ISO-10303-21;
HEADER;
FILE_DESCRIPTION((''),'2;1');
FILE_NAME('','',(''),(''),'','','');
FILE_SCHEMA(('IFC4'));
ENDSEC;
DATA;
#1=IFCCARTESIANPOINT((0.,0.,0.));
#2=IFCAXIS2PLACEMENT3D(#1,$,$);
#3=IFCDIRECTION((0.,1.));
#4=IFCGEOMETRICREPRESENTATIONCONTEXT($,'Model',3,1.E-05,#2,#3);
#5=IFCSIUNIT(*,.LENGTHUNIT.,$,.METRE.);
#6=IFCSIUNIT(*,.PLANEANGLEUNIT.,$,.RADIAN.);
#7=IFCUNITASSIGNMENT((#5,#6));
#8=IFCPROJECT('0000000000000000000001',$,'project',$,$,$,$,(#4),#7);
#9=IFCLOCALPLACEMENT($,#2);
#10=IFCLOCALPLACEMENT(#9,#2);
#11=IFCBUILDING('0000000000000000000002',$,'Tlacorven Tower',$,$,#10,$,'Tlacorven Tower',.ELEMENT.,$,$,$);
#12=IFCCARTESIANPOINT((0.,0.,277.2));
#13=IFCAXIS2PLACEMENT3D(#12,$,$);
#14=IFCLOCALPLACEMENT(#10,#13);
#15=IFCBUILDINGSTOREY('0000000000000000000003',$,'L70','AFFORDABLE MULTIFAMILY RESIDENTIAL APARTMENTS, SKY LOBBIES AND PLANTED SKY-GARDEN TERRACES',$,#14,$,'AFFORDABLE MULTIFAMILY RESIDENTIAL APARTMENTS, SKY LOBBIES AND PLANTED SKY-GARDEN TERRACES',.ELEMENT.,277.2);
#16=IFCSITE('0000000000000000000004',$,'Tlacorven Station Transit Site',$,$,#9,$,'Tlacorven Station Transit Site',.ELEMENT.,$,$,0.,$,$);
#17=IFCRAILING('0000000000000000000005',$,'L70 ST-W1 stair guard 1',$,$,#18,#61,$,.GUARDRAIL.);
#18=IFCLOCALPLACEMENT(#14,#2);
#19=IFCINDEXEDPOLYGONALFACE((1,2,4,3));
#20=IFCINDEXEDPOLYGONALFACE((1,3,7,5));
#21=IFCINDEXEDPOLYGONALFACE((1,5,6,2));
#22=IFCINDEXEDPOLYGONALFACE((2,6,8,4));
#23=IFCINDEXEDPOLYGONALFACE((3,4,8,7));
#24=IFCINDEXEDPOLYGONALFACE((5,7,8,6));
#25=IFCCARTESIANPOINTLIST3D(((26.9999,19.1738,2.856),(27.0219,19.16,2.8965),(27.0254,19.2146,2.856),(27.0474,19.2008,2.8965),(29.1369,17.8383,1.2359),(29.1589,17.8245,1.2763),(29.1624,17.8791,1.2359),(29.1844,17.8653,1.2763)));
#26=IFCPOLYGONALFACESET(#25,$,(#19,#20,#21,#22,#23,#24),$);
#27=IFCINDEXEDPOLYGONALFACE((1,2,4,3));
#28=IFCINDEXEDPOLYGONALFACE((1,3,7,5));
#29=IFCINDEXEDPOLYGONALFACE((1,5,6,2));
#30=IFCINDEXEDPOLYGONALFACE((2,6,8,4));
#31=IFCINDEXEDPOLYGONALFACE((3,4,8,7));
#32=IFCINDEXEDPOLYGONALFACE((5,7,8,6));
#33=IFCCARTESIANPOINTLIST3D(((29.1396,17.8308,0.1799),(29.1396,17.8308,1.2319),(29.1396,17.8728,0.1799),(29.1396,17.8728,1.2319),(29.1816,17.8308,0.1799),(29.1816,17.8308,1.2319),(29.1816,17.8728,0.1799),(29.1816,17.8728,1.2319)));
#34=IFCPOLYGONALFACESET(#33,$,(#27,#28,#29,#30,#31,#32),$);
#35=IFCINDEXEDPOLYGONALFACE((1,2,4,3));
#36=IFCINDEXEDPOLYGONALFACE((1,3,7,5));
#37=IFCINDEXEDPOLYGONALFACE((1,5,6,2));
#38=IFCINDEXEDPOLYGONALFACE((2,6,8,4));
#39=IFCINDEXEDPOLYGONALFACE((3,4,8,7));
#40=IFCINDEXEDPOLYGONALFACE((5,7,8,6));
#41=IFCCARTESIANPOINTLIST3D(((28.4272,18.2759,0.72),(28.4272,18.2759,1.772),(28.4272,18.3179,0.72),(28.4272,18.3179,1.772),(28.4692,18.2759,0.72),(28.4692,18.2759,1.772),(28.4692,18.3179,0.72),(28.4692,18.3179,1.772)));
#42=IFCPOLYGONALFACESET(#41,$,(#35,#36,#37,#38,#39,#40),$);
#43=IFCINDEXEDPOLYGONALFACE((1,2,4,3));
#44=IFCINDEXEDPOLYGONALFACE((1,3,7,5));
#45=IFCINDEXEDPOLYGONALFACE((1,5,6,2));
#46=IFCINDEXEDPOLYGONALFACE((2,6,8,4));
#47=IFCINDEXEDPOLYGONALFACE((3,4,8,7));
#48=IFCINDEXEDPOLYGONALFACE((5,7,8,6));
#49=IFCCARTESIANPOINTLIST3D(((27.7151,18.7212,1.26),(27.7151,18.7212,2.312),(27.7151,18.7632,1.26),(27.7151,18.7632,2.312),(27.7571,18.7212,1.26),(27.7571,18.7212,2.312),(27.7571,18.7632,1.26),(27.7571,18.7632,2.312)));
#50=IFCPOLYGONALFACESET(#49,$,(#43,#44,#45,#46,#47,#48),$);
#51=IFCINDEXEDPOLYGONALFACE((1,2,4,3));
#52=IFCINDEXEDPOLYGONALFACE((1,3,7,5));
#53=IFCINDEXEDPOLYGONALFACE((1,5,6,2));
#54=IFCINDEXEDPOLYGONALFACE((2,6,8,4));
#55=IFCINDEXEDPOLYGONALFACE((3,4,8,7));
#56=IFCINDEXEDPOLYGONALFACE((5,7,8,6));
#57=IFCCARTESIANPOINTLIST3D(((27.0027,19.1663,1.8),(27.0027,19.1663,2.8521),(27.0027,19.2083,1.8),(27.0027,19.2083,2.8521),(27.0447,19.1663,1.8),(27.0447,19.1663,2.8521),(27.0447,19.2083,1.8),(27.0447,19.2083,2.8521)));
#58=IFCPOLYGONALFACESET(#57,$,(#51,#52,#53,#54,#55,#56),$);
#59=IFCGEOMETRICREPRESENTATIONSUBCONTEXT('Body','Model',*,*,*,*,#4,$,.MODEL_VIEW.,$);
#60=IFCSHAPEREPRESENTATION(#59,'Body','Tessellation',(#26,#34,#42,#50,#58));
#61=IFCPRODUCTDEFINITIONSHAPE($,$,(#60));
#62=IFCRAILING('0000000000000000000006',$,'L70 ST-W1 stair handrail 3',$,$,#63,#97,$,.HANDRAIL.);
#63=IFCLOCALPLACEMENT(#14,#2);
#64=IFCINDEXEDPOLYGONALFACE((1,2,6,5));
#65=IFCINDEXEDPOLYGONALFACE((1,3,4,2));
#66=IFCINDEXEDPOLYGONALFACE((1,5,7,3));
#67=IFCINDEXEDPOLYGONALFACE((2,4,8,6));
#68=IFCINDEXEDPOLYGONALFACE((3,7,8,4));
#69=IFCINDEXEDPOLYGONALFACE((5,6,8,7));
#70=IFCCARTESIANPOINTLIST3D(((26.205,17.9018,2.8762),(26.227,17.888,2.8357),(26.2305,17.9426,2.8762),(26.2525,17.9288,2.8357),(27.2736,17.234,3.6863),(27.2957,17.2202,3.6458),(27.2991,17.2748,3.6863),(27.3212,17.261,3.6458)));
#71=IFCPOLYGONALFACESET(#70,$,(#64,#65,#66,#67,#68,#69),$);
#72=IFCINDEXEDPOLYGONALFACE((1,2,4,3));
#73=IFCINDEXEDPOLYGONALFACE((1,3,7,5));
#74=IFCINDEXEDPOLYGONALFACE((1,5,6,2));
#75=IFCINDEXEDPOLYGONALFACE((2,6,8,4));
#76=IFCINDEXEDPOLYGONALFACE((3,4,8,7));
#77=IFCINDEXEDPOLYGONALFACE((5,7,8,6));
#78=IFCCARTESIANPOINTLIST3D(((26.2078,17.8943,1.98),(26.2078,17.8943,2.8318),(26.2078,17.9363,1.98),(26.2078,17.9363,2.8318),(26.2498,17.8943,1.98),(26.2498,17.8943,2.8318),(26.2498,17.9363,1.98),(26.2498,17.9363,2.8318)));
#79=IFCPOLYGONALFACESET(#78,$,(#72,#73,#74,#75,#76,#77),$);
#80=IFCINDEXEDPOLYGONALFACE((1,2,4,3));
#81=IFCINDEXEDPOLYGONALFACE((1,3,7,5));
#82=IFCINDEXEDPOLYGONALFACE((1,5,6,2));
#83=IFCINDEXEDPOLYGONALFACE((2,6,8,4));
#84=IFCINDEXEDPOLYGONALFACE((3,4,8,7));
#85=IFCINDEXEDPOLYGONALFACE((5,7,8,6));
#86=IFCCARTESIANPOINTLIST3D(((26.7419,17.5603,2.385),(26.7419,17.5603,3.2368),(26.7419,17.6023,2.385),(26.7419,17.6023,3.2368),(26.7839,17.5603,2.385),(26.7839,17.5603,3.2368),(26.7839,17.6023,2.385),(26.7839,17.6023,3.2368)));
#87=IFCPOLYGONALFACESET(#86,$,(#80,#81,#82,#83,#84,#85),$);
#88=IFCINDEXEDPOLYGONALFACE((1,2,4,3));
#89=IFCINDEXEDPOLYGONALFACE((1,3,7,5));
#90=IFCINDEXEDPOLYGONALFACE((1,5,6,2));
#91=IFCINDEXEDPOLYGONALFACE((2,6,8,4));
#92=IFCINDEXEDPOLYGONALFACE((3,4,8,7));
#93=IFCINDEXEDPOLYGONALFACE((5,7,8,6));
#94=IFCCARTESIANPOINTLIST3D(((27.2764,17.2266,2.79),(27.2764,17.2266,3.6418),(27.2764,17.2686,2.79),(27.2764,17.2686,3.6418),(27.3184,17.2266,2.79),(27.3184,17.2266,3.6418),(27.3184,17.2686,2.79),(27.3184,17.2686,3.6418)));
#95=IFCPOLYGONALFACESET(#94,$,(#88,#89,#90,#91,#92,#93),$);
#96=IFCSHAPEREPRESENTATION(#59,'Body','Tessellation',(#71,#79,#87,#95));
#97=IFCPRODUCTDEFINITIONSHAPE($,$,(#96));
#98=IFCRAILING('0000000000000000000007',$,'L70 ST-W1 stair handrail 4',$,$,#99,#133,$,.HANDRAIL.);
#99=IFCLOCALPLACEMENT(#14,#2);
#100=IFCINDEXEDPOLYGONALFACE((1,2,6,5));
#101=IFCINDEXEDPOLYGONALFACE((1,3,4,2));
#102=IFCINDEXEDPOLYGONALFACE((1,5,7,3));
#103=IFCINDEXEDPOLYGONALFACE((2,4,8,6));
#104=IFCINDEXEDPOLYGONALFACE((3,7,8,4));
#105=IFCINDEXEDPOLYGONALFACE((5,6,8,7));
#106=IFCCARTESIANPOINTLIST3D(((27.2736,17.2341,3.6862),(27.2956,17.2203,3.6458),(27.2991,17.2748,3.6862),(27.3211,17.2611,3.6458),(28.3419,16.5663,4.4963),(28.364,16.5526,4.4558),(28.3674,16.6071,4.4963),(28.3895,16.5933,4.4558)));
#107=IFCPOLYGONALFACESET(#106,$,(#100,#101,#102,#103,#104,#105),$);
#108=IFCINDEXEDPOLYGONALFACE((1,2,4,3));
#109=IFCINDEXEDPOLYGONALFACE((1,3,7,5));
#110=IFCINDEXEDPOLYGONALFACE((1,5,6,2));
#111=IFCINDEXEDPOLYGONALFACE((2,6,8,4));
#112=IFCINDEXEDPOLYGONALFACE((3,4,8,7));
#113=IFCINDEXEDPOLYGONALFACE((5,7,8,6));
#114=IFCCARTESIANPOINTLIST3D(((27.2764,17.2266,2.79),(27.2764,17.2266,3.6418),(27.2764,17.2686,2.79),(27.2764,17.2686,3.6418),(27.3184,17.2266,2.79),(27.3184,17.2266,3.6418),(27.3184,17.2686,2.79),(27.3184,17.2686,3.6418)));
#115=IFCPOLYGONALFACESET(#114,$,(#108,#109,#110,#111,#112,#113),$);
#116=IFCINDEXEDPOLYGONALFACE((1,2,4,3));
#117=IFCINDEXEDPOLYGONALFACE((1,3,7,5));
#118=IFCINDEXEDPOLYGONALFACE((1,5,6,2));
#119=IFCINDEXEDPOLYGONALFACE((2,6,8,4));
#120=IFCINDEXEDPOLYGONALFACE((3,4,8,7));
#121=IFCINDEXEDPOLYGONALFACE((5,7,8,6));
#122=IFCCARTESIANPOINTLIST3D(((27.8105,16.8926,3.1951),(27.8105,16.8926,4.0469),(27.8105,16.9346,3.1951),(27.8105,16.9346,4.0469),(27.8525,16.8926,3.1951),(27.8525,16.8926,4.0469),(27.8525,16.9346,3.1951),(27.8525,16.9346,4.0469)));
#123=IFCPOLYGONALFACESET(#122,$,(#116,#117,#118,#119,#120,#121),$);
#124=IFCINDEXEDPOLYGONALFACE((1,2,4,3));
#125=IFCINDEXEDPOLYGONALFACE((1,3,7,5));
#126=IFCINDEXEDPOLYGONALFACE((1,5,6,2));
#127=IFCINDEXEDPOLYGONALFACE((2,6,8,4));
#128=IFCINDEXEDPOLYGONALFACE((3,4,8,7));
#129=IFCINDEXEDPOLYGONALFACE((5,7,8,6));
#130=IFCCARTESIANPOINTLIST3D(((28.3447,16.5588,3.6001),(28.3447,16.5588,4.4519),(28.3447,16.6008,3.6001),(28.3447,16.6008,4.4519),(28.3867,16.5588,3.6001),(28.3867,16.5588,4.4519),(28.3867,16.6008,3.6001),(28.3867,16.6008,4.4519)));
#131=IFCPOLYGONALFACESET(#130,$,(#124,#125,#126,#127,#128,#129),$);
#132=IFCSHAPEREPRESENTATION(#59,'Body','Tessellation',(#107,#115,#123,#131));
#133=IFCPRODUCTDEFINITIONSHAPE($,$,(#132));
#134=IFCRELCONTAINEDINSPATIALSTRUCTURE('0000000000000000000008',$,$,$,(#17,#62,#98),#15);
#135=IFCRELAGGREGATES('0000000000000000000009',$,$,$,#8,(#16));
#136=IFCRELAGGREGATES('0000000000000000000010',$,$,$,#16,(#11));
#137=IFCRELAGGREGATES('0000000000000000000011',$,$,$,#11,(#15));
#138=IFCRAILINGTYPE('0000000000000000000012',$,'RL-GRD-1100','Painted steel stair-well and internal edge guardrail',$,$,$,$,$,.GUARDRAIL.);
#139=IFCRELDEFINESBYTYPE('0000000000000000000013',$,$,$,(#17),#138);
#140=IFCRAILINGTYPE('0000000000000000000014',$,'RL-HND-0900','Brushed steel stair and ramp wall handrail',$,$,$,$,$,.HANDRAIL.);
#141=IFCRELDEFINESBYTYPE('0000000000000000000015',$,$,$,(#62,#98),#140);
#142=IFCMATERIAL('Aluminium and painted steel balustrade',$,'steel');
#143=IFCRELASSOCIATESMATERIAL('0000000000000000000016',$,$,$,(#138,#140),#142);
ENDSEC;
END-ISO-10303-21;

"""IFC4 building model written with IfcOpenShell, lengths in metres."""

from ifc_helpers import new_model, si_unit, direction, frame, origin, origin_2d, place, context, subcontext, project, spatial, rectangle, extrude, source, transform, mapped, material, type_object, element, save


model = new_model("IFC4")

# Units and contexts
model_context = context("Model", 3, precision=1e-05, world=origin(), true_north=direction((0.0, 1.0)))
body_context = subcontext(model_context, "Body", "Model", "MODEL_VIEW")
ifc_project = project(units=[si_unit("LENGTHUNIT", "METRE"), si_unit("PLANEANGLEUNIT", "RADIAN")], contexts=[model_context])

# Site, building, storey
site_placement = place(None, origin())
site = spatial("IfcSite", under=ifc_project, at=site_placement, Name="Tlacorven Station Transit Site", LongName="Tlacorven Station Transit Site", CompositionType="ELEMENT", RefElevation=0.0)
building_placement = place(site_placement, origin())
building = spatial("IfcBuilding", under=site, at=building_placement, Name="Tlacorven Tower", LongName="Tlacorven Tower", CompositionType="ELEMENT")
storey_placement = place(building_placement, frame((0.0, 0.0, 277.2)))
storey = spatial("IfcBuildingStorey", under=building, at=storey_placement, Name="L70", Description="AFFORDABLE MULTIFAMILY RESIDENTIAL APARTMENTS, SKY LOBBIES AND PLANTED SKY-GARDEN TERRACES", LongName="AFFORDABLE MULTIFAMILY RESIDENTIAL APARTMENTS, SKY LOBBIES AND PLANTED SKY-GARDEN TERRACES", CompositionType="ELEMENT", Elevation=277.2)

# Railings
ifc_material_1 = material(Name="Aluminium and painted steel balustrade", Category="steel")
railing_type_1 = type_object("IfcRailingType", Name="RL-GRD-1100", Description="Painted steel stair-well and internal edge guardrail", PredefinedType="GUARDRAIL", material=ifc_material_1)
shared_shape_1 = source(origin(), body_context, "Body", "SweptSolid", [
    extrude(rectangle(XDim=0.0481, YDim=0.0481, at=origin_2d()), frame((0.0, 0.0, 1.0762), z_axis=(-0.71332, 0.445774, 0.540796), x_axis=(-0.529955, -0.848026, 0.0)), (0.0, 0.0, 1.0), 2.9958),
    extrude(rectangle(XDim=0.042, YDim=0.042, at=origin_2d()), origin(), (0.0, 0.0, 1.0), 1.052),
    extrude(rectangle(XDim=0.042, YDim=0.042, at=origin_2d()), frame((-0.7124, 0.4451, 0.54)), (0.0, 0.0, 1.0), 1.052),
    extrude(rectangle(XDim=0.042, YDim=0.042, at=origin_2d()), frame((-1.4246, 0.8904, 1.0801)), (0.0, 0.0, 1.0), 1.052),
    extrude(rectangle(XDim=0.042, YDim=0.042, at=origin_2d()), frame((-2.137, 1.3354, 1.6201)), (0.0, 0.0, 1.0), 1.052),
])
railing_1_placement = place(storey_placement, frame((29.1606, 17.8518, 0.1799)))
element("IfcRailing", 1, at=railing_1_placement, inside=storey, type_object=railing_type_1, Name="L70 ST-W1 stair guard 1", PredefinedType="GUARDRAIL", context=body_context, shape_type="MappedRepresentation", body=[
    mapped(shared_shape_1, transform((0.0, 0.0, 0.0), scale=1.0)),
])
railing_type_2 = type_object("IfcRailingType", Name="RL-HND-0900", Description="Brushed steel stair and ramp wall handrail", PredefinedType="HANDRAIL", material=ifc_material_1)
shared_shape_2 = source(origin(), body_context, "Body", "SweptSolid", [
    extrude(rectangle(XDim=0.0481, YDim=0.0481, at=origin_2d()), frame((0.0, 0.0, 0.876), z_axis=(0.71336, -0.445748, 0.540765), x_axis=(0.529912, 0.848053, 0.0)), (0.0, 0.0, 1.0), 1.498),
    extrude(rectangle(XDim=0.042, YDim=0.042, at=origin_2d()), origin(), (0.0, 0.0, 1.0), 0.8518),
    extrude(rectangle(XDim=0.042, YDim=0.042, at=origin_2d()), frame((0.5342, -0.334, 0.405)), (0.0, 0.0, 1.0), 0.8518),
    extrude(rectangle(XDim=0.042, YDim=0.042, at=origin_2d()), frame((1.0686, -0.6677, 0.8101)), (0.0, 0.0, 1.0), 0.8518),
])
railing_2_placement = place(storey_placement, frame((26.2288, 17.9153, 1.98)))
element("IfcRailing", 2, at=railing_2_placement, inside=storey, type_object=railing_type_2, Name="L70 ST-W1 stair handrail 3", PredefinedType="HANDRAIL", context=body_context, shape_type="MappedRepresentation", body=[
    mapped(shared_shape_2, transform((0.0, 0.0, 0.0), scale=1.0)),
])
shared_shape_3 = source(origin(), body_context, "Body", "SweptSolid", [
    extrude(rectangle(XDim=0.0481, YDim=0.0481, at=origin_2d()), frame((0.0, 0.0, 0.876), z_axis=(0.71328, -0.4458, 0.540828), x_axis=(0.529999, 0.847998, 0.0)), (0.0, 0.0, 1.0), 1.4978),
    extrude(rectangle(XDim=0.042, YDim=0.042, at=origin_2d()), origin(), (0.0, 0.0, 1.0), 0.8518),
    extrude(rectangle(XDim=0.042, YDim=0.042, at=origin_2d()), frame((0.5342, -0.334, 0.405)), (0.0, 0.0, 1.0), 0.8518),
    extrude(rectangle(XDim=0.042, YDim=0.042, at=origin_2d()), frame((1.0684, -0.6677, 0.8101)), (0.0, 0.0, 1.0), 0.8518),
])
railing_3_placement = place(storey_placement, frame((27.2974, 17.2476, 2.79)))
element("IfcRailing", 3, at=railing_3_placement, inside=storey, type_object=railing_type_2, Name="L70 ST-W1 stair handrail 4", PredefinedType="HANDRAIL", context=body_context, shape_type="MappedRepresentation", body=[
    mapped(shared_shape_3, transform((0.0, 0.0, 0.0), scale=1.0)),
])

save(model, "model.ifc")
